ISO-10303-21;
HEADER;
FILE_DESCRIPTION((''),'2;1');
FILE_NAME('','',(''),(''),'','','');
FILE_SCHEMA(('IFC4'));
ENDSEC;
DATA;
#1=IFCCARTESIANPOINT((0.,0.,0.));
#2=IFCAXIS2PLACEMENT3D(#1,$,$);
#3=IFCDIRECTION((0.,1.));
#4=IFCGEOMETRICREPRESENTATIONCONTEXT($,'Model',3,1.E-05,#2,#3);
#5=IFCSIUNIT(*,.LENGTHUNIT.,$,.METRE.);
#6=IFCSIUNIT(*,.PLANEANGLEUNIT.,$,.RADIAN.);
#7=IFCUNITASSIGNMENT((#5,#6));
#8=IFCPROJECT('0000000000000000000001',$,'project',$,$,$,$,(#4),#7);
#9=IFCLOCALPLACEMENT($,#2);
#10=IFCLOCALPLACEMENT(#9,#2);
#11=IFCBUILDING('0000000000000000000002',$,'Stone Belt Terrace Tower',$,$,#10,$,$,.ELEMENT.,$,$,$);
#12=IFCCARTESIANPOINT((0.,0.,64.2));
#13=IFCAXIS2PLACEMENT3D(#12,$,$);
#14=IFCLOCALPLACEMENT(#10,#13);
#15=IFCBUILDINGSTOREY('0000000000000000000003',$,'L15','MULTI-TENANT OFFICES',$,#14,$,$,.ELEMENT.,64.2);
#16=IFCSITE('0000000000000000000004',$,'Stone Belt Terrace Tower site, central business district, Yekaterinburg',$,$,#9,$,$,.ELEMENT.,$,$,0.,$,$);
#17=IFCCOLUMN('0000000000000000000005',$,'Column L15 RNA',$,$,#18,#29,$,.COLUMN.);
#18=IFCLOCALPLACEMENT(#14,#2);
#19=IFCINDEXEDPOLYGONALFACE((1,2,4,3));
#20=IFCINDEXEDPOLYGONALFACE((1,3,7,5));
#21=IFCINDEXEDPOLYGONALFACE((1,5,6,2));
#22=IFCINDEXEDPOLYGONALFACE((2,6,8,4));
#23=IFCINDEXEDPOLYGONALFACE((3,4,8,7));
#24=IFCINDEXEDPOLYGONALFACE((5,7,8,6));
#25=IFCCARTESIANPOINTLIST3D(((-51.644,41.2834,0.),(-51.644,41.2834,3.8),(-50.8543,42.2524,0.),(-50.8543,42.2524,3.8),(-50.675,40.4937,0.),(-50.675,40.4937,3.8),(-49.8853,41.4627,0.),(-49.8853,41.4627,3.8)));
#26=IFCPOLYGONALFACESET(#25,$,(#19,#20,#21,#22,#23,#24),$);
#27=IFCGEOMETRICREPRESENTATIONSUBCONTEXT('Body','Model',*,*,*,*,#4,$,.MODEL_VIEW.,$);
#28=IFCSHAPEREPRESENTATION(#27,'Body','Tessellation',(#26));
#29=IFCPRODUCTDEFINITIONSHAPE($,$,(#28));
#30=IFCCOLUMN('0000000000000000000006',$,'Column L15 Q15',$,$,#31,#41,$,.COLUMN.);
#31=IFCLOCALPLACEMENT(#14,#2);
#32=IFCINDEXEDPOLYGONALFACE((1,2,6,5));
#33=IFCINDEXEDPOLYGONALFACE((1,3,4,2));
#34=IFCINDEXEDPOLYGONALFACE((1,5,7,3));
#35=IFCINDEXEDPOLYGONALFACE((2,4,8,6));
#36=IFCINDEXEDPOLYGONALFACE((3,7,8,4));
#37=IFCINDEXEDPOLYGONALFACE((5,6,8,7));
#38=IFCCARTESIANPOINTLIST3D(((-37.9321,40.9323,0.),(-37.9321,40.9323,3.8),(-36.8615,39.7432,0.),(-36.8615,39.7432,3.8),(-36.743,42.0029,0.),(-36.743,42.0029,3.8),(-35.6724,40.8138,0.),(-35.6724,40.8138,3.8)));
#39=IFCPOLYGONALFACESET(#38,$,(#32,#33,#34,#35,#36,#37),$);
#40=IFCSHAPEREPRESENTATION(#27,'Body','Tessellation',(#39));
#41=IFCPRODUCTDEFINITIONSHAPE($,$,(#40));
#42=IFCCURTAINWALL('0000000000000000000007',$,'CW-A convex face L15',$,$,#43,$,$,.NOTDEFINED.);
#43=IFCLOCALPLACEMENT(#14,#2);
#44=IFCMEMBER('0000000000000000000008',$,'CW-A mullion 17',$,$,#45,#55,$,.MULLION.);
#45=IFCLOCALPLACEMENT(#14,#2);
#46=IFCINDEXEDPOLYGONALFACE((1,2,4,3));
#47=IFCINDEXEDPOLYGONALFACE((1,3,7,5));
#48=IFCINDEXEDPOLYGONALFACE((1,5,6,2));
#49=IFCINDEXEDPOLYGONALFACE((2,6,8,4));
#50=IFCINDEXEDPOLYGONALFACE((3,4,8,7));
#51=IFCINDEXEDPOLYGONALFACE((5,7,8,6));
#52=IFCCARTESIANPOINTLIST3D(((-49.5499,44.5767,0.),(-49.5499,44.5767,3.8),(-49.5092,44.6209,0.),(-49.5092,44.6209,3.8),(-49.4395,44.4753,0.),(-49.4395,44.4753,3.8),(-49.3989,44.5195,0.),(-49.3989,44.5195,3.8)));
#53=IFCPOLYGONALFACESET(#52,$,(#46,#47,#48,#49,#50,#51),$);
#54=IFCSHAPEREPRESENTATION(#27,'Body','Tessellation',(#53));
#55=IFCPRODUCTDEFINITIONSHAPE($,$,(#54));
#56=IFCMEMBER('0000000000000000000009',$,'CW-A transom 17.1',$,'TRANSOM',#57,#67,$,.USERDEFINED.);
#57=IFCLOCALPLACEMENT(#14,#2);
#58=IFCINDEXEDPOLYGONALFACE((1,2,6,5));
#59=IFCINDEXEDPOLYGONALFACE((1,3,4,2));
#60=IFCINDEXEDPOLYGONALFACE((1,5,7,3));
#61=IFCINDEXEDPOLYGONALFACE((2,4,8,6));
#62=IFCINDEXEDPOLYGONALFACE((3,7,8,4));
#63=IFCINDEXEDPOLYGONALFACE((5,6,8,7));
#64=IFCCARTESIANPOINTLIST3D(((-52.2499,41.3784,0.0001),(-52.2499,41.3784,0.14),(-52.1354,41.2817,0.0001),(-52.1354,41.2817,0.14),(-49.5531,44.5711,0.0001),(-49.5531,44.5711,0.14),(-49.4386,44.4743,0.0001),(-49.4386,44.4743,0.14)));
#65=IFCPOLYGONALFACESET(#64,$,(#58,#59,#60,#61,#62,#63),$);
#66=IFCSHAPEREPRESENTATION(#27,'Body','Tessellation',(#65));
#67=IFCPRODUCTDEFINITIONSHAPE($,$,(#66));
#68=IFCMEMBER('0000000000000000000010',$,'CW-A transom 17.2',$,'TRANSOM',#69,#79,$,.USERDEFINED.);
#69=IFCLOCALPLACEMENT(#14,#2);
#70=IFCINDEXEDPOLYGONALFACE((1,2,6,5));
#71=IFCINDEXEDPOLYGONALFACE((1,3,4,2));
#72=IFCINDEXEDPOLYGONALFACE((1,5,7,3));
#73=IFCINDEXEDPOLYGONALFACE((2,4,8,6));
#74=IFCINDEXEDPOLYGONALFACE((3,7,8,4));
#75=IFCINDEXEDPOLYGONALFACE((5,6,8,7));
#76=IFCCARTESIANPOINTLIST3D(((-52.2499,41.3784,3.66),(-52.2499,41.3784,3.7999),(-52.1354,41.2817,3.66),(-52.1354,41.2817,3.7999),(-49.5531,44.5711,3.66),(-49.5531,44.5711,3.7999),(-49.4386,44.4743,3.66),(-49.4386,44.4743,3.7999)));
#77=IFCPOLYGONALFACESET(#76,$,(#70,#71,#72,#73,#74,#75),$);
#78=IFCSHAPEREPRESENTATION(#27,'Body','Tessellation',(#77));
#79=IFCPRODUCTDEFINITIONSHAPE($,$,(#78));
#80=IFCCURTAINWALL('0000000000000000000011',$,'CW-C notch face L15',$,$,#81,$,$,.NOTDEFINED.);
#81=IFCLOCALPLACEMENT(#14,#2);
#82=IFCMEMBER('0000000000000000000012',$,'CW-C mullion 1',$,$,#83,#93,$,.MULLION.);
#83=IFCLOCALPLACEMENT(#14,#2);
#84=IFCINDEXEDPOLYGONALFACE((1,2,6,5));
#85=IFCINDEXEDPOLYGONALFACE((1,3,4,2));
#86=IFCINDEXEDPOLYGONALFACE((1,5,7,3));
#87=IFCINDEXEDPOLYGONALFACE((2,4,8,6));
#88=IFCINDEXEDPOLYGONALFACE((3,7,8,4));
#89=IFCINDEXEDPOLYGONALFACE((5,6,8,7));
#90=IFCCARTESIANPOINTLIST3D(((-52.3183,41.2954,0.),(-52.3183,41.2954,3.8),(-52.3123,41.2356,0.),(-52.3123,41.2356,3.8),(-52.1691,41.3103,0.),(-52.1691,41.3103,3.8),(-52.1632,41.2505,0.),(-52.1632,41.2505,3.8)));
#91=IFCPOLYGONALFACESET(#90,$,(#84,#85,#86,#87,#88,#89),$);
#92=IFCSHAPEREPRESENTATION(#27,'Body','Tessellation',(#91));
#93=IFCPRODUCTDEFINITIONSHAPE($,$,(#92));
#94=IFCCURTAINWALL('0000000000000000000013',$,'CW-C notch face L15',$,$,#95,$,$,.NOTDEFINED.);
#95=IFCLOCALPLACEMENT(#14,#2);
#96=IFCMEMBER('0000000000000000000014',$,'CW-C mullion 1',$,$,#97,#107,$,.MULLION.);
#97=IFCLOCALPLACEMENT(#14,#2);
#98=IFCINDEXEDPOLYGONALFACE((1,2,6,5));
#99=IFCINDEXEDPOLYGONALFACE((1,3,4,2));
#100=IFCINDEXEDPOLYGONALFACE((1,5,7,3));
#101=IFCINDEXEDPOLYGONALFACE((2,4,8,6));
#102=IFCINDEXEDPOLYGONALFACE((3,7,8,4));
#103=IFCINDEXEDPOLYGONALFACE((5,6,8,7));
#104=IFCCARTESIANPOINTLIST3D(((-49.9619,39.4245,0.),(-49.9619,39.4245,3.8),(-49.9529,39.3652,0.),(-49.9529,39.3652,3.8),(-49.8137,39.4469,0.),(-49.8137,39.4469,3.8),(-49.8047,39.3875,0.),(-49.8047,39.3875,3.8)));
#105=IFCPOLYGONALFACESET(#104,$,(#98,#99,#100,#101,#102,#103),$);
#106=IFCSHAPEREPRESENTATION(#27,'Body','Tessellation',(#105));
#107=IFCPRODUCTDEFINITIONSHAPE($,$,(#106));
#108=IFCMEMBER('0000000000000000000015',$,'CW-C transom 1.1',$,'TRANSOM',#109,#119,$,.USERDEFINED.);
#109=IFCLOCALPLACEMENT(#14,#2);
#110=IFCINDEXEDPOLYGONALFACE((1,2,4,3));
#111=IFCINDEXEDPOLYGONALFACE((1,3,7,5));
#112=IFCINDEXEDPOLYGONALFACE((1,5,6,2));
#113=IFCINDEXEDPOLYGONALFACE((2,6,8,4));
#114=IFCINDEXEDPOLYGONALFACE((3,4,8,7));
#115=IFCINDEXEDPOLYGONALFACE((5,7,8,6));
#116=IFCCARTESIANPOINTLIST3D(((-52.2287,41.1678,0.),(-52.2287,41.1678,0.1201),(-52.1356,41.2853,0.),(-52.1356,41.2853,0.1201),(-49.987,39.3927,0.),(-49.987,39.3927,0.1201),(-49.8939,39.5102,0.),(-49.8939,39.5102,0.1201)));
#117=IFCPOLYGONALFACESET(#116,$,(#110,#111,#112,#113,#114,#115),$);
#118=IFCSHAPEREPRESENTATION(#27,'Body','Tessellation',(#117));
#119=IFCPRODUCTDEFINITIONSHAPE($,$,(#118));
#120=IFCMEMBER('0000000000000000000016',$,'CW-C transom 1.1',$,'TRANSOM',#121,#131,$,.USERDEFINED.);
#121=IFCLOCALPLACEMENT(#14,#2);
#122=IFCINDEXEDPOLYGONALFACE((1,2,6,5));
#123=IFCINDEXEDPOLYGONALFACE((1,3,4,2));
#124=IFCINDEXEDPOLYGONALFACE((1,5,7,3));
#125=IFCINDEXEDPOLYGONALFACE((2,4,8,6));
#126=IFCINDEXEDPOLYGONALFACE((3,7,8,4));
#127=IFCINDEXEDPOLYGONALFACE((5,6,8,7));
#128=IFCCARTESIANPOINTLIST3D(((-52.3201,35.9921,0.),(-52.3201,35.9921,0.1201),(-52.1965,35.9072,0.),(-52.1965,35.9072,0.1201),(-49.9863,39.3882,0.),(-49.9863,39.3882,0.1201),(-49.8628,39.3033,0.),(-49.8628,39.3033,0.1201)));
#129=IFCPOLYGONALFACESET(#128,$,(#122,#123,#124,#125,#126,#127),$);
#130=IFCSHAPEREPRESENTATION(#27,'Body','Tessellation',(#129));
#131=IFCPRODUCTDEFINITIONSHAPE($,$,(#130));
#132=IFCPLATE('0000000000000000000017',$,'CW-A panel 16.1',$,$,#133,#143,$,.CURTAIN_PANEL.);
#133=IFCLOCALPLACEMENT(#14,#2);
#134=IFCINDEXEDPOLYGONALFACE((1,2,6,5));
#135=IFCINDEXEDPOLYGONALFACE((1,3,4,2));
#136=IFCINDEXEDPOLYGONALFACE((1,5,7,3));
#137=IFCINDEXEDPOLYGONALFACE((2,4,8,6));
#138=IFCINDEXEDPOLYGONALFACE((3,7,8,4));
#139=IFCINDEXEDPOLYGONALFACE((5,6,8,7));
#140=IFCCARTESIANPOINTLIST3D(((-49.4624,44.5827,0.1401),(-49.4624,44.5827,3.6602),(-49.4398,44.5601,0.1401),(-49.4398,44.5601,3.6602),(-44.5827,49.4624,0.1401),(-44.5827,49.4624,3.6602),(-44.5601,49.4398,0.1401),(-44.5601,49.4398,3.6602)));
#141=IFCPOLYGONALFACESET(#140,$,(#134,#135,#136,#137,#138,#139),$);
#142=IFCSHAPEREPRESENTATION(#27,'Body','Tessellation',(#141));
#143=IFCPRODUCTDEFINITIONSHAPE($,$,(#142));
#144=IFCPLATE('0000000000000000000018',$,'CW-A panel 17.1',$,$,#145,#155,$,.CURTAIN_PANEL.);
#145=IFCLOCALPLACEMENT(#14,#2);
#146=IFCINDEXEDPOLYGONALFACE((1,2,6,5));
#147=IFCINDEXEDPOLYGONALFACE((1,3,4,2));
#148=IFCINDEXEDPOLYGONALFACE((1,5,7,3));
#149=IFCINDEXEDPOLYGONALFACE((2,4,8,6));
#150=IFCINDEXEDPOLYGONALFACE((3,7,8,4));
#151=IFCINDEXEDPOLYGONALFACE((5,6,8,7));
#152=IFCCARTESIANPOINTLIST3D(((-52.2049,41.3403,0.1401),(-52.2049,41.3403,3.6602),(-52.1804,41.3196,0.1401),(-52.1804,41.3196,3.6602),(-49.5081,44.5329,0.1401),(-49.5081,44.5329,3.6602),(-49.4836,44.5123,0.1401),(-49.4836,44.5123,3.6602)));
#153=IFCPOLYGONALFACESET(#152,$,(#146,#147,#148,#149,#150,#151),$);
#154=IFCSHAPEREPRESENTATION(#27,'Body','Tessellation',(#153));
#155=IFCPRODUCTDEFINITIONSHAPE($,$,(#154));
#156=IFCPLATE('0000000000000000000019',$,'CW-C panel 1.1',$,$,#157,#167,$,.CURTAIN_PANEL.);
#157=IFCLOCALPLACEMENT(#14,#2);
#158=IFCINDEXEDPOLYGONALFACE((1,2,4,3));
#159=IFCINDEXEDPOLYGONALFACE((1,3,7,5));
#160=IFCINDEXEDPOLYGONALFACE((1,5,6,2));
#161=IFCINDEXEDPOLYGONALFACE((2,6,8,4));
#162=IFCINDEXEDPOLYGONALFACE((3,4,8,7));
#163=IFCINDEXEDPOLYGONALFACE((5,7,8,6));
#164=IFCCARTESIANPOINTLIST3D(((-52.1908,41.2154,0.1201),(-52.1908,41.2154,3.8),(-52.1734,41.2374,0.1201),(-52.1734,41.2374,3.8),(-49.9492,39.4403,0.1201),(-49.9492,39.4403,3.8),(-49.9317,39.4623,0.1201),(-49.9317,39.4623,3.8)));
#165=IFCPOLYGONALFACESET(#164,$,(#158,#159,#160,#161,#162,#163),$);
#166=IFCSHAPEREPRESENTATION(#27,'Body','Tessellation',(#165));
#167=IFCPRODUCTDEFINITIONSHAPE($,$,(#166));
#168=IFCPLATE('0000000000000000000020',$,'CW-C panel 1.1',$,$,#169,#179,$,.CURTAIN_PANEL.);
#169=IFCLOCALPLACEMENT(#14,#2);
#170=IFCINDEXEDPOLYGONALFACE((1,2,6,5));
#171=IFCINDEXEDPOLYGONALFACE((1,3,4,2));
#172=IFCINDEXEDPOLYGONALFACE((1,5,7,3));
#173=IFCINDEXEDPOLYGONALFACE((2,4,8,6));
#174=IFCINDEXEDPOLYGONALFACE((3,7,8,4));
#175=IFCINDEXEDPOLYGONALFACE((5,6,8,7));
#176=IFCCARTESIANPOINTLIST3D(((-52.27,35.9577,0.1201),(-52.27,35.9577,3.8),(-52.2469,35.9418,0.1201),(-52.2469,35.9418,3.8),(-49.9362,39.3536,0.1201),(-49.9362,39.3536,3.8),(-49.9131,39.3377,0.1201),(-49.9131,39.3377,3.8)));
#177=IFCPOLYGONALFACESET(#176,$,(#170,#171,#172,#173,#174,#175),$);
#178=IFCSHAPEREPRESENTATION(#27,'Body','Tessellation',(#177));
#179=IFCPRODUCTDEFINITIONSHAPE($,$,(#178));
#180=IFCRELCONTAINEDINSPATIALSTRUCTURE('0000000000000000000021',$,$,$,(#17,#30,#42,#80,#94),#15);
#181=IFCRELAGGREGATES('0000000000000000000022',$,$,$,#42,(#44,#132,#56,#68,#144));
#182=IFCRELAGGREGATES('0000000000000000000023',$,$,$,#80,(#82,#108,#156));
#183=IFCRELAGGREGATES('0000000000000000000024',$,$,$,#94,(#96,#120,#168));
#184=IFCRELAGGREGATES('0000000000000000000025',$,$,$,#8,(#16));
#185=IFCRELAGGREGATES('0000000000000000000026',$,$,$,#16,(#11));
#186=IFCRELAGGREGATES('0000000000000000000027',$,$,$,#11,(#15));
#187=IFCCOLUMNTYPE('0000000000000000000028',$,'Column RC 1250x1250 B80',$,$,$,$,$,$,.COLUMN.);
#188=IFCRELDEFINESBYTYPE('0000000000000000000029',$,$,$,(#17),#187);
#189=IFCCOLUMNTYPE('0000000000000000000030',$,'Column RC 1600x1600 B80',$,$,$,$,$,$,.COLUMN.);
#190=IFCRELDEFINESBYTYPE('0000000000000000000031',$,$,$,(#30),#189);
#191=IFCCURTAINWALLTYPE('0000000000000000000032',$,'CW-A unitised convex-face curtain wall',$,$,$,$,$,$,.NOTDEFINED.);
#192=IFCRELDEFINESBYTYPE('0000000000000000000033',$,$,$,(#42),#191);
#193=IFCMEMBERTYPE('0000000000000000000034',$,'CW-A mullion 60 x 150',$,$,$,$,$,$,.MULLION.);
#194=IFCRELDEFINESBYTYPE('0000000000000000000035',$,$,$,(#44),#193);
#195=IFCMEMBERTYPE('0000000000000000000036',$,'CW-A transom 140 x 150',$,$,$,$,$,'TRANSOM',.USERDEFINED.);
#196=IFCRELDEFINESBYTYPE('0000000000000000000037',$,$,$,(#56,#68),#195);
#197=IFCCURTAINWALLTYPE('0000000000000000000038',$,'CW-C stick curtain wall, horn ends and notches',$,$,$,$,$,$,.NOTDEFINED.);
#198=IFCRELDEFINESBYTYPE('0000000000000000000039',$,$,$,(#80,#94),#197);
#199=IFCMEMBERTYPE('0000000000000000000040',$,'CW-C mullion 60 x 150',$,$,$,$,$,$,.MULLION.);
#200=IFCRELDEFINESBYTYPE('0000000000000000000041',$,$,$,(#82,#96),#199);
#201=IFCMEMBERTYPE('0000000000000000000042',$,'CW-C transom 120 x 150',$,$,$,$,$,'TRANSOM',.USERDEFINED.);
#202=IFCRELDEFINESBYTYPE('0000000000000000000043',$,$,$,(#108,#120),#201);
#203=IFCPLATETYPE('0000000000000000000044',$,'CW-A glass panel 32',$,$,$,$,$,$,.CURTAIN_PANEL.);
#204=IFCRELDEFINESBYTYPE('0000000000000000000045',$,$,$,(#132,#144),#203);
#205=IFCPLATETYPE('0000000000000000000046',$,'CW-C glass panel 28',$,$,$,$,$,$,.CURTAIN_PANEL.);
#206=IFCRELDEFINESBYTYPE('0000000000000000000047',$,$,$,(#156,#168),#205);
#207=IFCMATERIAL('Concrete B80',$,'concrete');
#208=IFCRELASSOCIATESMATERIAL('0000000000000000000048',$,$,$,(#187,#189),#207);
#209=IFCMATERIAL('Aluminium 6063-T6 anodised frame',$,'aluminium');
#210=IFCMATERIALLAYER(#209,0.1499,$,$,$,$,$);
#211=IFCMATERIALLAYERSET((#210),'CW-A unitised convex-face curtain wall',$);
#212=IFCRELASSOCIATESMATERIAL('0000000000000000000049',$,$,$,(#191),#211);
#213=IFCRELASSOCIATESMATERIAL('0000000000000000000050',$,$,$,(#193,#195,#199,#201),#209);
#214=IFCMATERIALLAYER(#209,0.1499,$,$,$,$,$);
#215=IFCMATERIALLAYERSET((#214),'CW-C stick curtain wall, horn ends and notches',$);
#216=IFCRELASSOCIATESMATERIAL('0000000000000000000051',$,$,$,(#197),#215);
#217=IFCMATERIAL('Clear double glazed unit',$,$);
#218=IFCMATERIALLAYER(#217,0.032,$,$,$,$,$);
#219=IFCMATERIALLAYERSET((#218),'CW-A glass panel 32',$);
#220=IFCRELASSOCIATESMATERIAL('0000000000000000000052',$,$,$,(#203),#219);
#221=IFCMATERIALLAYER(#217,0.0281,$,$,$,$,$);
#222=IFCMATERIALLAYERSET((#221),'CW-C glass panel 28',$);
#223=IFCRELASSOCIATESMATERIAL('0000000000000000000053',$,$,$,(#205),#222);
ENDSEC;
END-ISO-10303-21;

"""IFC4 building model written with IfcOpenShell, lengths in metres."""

from ifc_helpers import new_model, si_unit, direction, frame, origin, origin_2d, place, context, subcontext, project, spatial, rectangle, extrude, material, layer, layer_set, material_profile, profile_set, type_object, element, aggregate, save


model = new_model("IFC4")

# Units and contexts
model_context = context("Model", 3, precision=1e-05, world=origin(), true_north=direction((0.0, 1.0)))
body_context = subcontext(model_context, "Body", "Model", "MODEL_VIEW")
ifc_project = project(units=[si_unit("LENGTHUNIT", "METRE"), si_unit("PLANEANGLEUNIT", "RADIAN")], contexts=[model_context])

# Site, building, storey
site_placement = place(None, origin())
site = spatial("IfcSite", under=ifc_project, at=site_placement, Name="Stone Belt Terrace Tower site, central business district, Yekaterinburg", CompositionType="ELEMENT", RefElevation=0.0)
building_placement = place(site_placement, origin())
building = spatial("IfcBuilding", under=site, at=building_placement, Name="Stone Belt Terrace Tower", CompositionType="ELEMENT")
storey_placement = place(building_placement, frame((0.0, 0.0, 64.2)))
storey = spatial("IfcBuildingStorey", under=building, at=storey_placement, Name="L15", Description="MULTI-TENANT OFFICES", CompositionType="ELEMENT", Elevation=64.2)

# Columns
ifc_material_1 = material(Name="Concrete B80", Category="concrete")
ifc_material_profile_1 = material_profile(ifc_material_1, rectangle(XDim=1.25, YDim=1.25, at=origin_2d()), Name="RC 1250x1250")
ifc_profile_set_1 = profile_set([ifc_material_profile_1], Name="Concrete B80")
column_type_1 = type_object("IfcColumnType", Name="Column RC 1250x1250 B80", PredefinedType="COLUMN", material=ifc_profile_set_1)
column_1_placement = place(storey_placement, frame((-50.7646, 41.373, 0.0), z_axis=(0.0, 0.0, 1.0), x_axis=(0.631759, 0.775165, 0.0)))
element("IfcColumn", 1, at=column_1_placement, inside=storey, type_object=column_type_1, Name="Column L15 RNA", PredefinedType="COLUMN", context=body_context, shape_type="SweptSolid", body=[
    extrude(rectangle(XDim=1.25, YDim=1.25, at=origin_2d()), origin(), (0.0, 0.0, 1.0), 3.8),
])
ifc_material_profile_2 = material_profile(ifc_material_1, rectangle(XDim=1.6001, YDim=1.6001, at=origin_2d()), Name="RC 1600x1600")
ifc_profile_set_2 = profile_set([ifc_material_profile_2], Name="Concrete B80")
column_type_2 = type_object("IfcColumnType", Name="Column RC 1600x1600 B80", PredefinedType="COLUMN", material=ifc_profile_set_2)
column_2_placement = place(storey_placement, frame((-36.8022, 40.873, 0.0), z_axis=(0.0, 0.0, 1.0), x_axis=(0.743145, 0.669131, 0.0)))
element("IfcColumn", 2, at=column_2_placement, inside=storey, type_object=column_type_2, Name="Column L15 Q15", PredefinedType="COLUMN", context=body_context, shape_type="SweptSolid", body=[
    extrude(rectangle(XDim=1.6001, YDim=1.6001, at=origin_2d()), origin(), (0.0, 0.0, 1.0), 3.8),
])

# Curtain wall, members
ifc_material_2 = material(Name="Aluminium 6063-T6 anodised frame", Category="aluminium")
ifc_layer_1 = layer(ifc_material_2, 0.1499)
ifc_layer_set_1 = layer_set([ifc_layer_1], Name="CW-A unitised convex-face curtain wall")
curtain_wall_type_1 = type_object("IfcCurtainWallType", Name="CW-A unitised convex-face curtain wall", PredefinedType="NOTDEFINED", material=ifc_layer_set_1)
curtain_wall_1_placement = place(storey_placement, origin())
curtain_wall_1 = element("IfcCurtainWall", 3, at=curtain_wall_1_placement, inside=storey, type_object=curtain_wall_type_1, Name="CW-A convex face L15", PredefinedType="NOTDEFINED")
ifc_material_profile_3 = material_profile(ifc_material_2, rectangle(XDim=0.1499, YDim=0.0601, at=origin_2d()), Name="Aluminium 6063-T6 60x150")
ifc_profile_set_3 = profile_set([ifc_material_profile_3], Name="Aluminium 6063-T6 anodised frame")
member_type_1 = type_object("IfcMemberType", Name="CW-A mullion 60 x 150", PredefinedType="MULLION", material=ifc_profile_set_3)
member_1_placement = place(storey_placement, frame((-49.4744, 44.5481, 0.0), z_axis=(0.0, 0.0, 1.0), x_axis=(0.736171, -0.676796, 0.0)))
member_1 = element("IfcMember", 4, at=member_1_placement, type_object=member_type_1, Name="CW-A mullion 17", PredefinedType="MULLION", context=body_context, shape_type="SweptSolid", body=[
    extrude(rectangle(XDim=0.1499, YDim=0.0601, at=origin_2d()), origin(), (0.0, 0.0, 1.0), 3.8),
])
ifc_material_profile_4 = material_profile(ifc_material_2, rectangle(XDim=0.1499, YDim=0.1399, at=origin_2d()), Name="Aluminium 6063-T6 150x140")
ifc_profile_set_4 = profile_set([ifc_material_profile_4], Name="Aluminium 6063-T6 anodised frame")
member_type_2 = type_object("IfcMemberType", Name="CW-A transom 140 x 150", ElementType="TRANSOM", PredefinedType="USERDEFINED", material=ifc_profile_set_4)
member_2_placement = place(storey_placement, frame((-49.4958, 44.5227, 0.0701), z_axis=(-0.64529, -0.763938, 0.0), x_axis=(0.763938, -0.64529, 0.0)))
member_2 = element("IfcMember", 5, at=member_2_placement, type_object=member_type_2, Name="CW-A transom 17.1", ObjectType="TRANSOM", PredefinedType="USERDEFINED", context=body_context, shape_type="SweptSolid", body=[
    extrude(rectangle(XDim=0.1499, YDim=0.1399, at=origin_2d()), origin(), (0.0, 0.0, 1.0), 4.1792),
])
member_3_placement = place(storey_placement, frame((-49.4958, 44.5227, 3.73), z_axis=(-0.64529, -0.763938, 0.0), x_axis=(0.763938, -0.64529, 0.0)))
member_3 = element("IfcMember", 6, at=member_3_placement, type_object=member_type_2, Name="CW-A transom 17.2", ObjectType="TRANSOM", PredefinedType="USERDEFINED", context=body_context, shape_type="SweptSolid", body=[
    extrude(rectangle(XDim=0.1499, YDim=0.1399, at=origin_2d()), origin(), (0.0, 0.0, 1.0), 4.1792),
])

# Curtain walls, members
ifc_layer_2 = layer(ifc_material_2, 0.1499)
ifc_layer_set_2 = layer_set([ifc_layer_2], Name="CW-C stick curtain wall, horn ends and notches")
curtain_wall_type_2 = type_object("IfcCurtainWallType", Name="CW-C stick curtain wall, horn ends and notches", PredefinedType="NOTDEFINED", material=ifc_layer_set_2)
curtain_wall_2_placement = place(storey_placement, origin())
curtain_wall_2 = element("IfcCurtainWall", 7, at=curtain_wall_2_placement, inside=storey, type_object=curtain_wall_type_2, Name="CW-C notch face L15", PredefinedType="NOTDEFINED")
ifc_material_profile_5 = material_profile(ifc_material_2, rectangle(XDim=0.1499, YDim=0.0601, at=origin_2d()), Name="Aluminium 6063-T6 60x150")
ifc_profile_set_5 = profile_set([ifc_material_profile_5], Name="Aluminium 6063-T6 anodised frame")
member_type_3 = type_object("IfcMemberType", Name="CW-C mullion 60 x 150", PredefinedType="MULLION", material=ifc_profile_set_5)
member_4_placement = place(storey_placement, frame((-52.2407, 41.2729, 0.0), z_axis=(0.0, 0.0, 1.0), x_axis=(0.995023, 0.099645, 0.0)))
member_4 = element("IfcMember", 8, at=member_4_placement, type_object=member_type_3, Name="CW-C mullion 1", PredefinedType="MULLION", context=body_context, shape_type="SweptSolid", body=[
    extrude(rectangle(XDim=0.1499, YDim=0.0601, at=origin_2d()), origin(), (0.0, 0.0, 1.0), 3.8),
])
curtain_wall_3_placement = place(storey_placement, origin())
curtain_wall_3 = element("IfcCurtainWall", 9, at=curtain_wall_3_placement, inside=storey, type_object=curtain_wall_type_2, Name="CW-C notch face L15", PredefinedType="NOTDEFINED")
member_5_placement = place(storey_placement, frame((-49.8833, 39.406, 0.0), z_axis=(0.0, 0.0, 1.0), x_axis=(0.988851, 0.148906, 0.0)))
member_5 = element("IfcMember", 10, at=member_5_placement, type_object=member_type_3, Name="CW-C mullion 1", PredefinedType="MULLION", context=body_context, shape_type="SweptSolid", body=[
    extrude(rectangle(XDim=0.1499, YDim=0.0601, at=origin_2d()), origin(), (0.0, 0.0, 1.0), 3.8),
])

# Members
ifc_material_profile_6 = material_profile(ifc_material_2, rectangle(XDim=0.1499, YDim=0.1201, at=origin_2d()), Name="Aluminium 6063-T6 150x120")
ifc_profile_set_6 = profile_set([ifc_material_profile_6], Name="Aluminium 6063-T6 anodised frame")
member_type_4 = type_object("IfcMemberType", Name="CW-C transom 120 x 150", ElementType="TRANSOM", PredefinedType="USERDEFINED", material=ifc_profile_set_6)
member_6_placement = place(storey_placement, frame((-52.1821, 41.2266, 0.0601), z_axis=(0.783966, -0.620804, 0.0), x_axis=(0.620804, 0.783966, 0.0)))
member_6 = element("IfcMember", 11, at=member_6_placement, type_object=member_type_4, Name="CW-C transom 1.1", ObjectType="TRANSOM", PredefinedType="USERDEFINED", context=body_context, shape_type="SweptSolid", body=[
    extrude(rectangle(XDim=0.1499, YDim=0.1201, at=origin_2d()), origin(), (0.0, 0.0, 1.0), 2.8594),
])
member_7_placement = place(storey_placement, frame((-49.9246, 39.3457, 0.0601), z_axis=(-0.566363, -0.824156, 0.0), x_axis=(0.824156, -0.566363, 0.0)))
member_7 = element("IfcMember", 12, at=member_7_placement, type_object=member_type_4, Name="CW-C transom 1.1", ObjectType="TRANSOM", PredefinedType="USERDEFINED", context=body_context, shape_type="SweptSolid", body=[
    extrude(rectangle(XDim=0.1499, YDim=0.1201, at=origin_2d()), origin(), (0.0, 0.0, 1.0), 4.1206),
])

# Plates
ifc_material_3 = material(Name="Clear double glazed unit")
ifc_layer_3 = layer(ifc_material_3, 0.032)
ifc_layer_set_3 = layer_set([ifc_layer_3], Name="CW-A glass panel 32")
plate_type_1 = type_object("IfcPlateType", Name="CW-A glass panel 32", PredefinedType="CURTAIN_PANEL", material=ifc_layer_set_3)
plate_1_placement = place(storey_placement, frame((-47.0112, 47.0112, 0.1401), z_axis=(0.0, 0.0, 1.0), x_axis=(-0.707107, -0.707107, 0.0)))
plate_1 = element("IfcPlate", 13, at=plate_1_placement, type_object=plate_type_1, Name="CW-A panel 16.1", PredefinedType="CURTAIN_PANEL", context=body_context, shape_type="SweptSolid", body=[
    extrude(rectangle(XDim=6.9009, YDim=0.032, at=origin_2d()), origin(), (0.0, 0.0, 1.0), 3.52),
])
plate_2_placement = place(storey_placement, frame((-50.8442, 42.9263, 0.1401), z_axis=(0.0, 0.0, 1.0), x_axis=(-0.645291, -0.763937, 0.0)))
plate_2 = element("IfcPlate", 14, at=plate_2_placement, type_object=plate_type_1, Name="CW-A panel 17.1", PredefinedType="CURTAIN_PANEL", context=body_context, shape_type="SweptSolid", body=[
    extrude(rectangle(XDim=4.1792, YDim=0.032, at=origin_2d()), origin(), (0.0, 0.0, 1.0), 3.52),
])
aggregate(curtain_wall_1, [member_1, plate_1, member_2, member_3, plate_2])
ifc_layer_4 = layer(ifc_material_3, 0.0281)
ifc_layer_set_4 = layer_set([ifc_layer_4], Name="CW-C glass panel 28")
plate_type_2 = type_object("IfcPlateType", Name="CW-C glass panel 28", PredefinedType="CURTAIN_PANEL", material=ifc_layer_set_4)
plate_3_placement = place(storey_placement, frame((-51.0613, 40.3389, 0.1201), z_axis=(0.0, 0.0, 1.0), x_axis=(0.783964, -0.620807, 0.0)))
plate_3 = element("IfcPlate", 15, at=plate_3_placement, type_object=plate_type_2, Name="CW-C panel 1.1", PredefinedType="CURTAIN_PANEL", context=body_context, shape_type="SweptSolid", body=[
    extrude(rectangle(XDim=2.8594, YDim=0.0281, at=origin_2d()), origin(), (0.0, 0.0, 1.0), 3.6799),
])
aggregate(curtain_wall_2, [member_4, member_6, plate_3])
plate_4_placement = place(storey_placement, frame((-51.0916, 37.6477, 0.1201), z_axis=(0.0, 0.0, 1.0), x_axis=(-0.566376, -0.824147, 0.0)))
plate_4 = element("IfcPlate", 16, at=plate_4_placement, type_object=plate_type_2, Name="CW-C panel 1.1", PredefinedType="CURTAIN_PANEL", context=body_context, shape_type="SweptSolid", body=[
    extrude(rectangle(XDim=4.1206, YDim=0.0281, at=origin_2d()), origin(), (0.0, 0.0, 1.0), 3.6799),
])
aggregate(curtain_wall_3, [member_5, member_7, plate_4])

save(model, "model.ifc")
